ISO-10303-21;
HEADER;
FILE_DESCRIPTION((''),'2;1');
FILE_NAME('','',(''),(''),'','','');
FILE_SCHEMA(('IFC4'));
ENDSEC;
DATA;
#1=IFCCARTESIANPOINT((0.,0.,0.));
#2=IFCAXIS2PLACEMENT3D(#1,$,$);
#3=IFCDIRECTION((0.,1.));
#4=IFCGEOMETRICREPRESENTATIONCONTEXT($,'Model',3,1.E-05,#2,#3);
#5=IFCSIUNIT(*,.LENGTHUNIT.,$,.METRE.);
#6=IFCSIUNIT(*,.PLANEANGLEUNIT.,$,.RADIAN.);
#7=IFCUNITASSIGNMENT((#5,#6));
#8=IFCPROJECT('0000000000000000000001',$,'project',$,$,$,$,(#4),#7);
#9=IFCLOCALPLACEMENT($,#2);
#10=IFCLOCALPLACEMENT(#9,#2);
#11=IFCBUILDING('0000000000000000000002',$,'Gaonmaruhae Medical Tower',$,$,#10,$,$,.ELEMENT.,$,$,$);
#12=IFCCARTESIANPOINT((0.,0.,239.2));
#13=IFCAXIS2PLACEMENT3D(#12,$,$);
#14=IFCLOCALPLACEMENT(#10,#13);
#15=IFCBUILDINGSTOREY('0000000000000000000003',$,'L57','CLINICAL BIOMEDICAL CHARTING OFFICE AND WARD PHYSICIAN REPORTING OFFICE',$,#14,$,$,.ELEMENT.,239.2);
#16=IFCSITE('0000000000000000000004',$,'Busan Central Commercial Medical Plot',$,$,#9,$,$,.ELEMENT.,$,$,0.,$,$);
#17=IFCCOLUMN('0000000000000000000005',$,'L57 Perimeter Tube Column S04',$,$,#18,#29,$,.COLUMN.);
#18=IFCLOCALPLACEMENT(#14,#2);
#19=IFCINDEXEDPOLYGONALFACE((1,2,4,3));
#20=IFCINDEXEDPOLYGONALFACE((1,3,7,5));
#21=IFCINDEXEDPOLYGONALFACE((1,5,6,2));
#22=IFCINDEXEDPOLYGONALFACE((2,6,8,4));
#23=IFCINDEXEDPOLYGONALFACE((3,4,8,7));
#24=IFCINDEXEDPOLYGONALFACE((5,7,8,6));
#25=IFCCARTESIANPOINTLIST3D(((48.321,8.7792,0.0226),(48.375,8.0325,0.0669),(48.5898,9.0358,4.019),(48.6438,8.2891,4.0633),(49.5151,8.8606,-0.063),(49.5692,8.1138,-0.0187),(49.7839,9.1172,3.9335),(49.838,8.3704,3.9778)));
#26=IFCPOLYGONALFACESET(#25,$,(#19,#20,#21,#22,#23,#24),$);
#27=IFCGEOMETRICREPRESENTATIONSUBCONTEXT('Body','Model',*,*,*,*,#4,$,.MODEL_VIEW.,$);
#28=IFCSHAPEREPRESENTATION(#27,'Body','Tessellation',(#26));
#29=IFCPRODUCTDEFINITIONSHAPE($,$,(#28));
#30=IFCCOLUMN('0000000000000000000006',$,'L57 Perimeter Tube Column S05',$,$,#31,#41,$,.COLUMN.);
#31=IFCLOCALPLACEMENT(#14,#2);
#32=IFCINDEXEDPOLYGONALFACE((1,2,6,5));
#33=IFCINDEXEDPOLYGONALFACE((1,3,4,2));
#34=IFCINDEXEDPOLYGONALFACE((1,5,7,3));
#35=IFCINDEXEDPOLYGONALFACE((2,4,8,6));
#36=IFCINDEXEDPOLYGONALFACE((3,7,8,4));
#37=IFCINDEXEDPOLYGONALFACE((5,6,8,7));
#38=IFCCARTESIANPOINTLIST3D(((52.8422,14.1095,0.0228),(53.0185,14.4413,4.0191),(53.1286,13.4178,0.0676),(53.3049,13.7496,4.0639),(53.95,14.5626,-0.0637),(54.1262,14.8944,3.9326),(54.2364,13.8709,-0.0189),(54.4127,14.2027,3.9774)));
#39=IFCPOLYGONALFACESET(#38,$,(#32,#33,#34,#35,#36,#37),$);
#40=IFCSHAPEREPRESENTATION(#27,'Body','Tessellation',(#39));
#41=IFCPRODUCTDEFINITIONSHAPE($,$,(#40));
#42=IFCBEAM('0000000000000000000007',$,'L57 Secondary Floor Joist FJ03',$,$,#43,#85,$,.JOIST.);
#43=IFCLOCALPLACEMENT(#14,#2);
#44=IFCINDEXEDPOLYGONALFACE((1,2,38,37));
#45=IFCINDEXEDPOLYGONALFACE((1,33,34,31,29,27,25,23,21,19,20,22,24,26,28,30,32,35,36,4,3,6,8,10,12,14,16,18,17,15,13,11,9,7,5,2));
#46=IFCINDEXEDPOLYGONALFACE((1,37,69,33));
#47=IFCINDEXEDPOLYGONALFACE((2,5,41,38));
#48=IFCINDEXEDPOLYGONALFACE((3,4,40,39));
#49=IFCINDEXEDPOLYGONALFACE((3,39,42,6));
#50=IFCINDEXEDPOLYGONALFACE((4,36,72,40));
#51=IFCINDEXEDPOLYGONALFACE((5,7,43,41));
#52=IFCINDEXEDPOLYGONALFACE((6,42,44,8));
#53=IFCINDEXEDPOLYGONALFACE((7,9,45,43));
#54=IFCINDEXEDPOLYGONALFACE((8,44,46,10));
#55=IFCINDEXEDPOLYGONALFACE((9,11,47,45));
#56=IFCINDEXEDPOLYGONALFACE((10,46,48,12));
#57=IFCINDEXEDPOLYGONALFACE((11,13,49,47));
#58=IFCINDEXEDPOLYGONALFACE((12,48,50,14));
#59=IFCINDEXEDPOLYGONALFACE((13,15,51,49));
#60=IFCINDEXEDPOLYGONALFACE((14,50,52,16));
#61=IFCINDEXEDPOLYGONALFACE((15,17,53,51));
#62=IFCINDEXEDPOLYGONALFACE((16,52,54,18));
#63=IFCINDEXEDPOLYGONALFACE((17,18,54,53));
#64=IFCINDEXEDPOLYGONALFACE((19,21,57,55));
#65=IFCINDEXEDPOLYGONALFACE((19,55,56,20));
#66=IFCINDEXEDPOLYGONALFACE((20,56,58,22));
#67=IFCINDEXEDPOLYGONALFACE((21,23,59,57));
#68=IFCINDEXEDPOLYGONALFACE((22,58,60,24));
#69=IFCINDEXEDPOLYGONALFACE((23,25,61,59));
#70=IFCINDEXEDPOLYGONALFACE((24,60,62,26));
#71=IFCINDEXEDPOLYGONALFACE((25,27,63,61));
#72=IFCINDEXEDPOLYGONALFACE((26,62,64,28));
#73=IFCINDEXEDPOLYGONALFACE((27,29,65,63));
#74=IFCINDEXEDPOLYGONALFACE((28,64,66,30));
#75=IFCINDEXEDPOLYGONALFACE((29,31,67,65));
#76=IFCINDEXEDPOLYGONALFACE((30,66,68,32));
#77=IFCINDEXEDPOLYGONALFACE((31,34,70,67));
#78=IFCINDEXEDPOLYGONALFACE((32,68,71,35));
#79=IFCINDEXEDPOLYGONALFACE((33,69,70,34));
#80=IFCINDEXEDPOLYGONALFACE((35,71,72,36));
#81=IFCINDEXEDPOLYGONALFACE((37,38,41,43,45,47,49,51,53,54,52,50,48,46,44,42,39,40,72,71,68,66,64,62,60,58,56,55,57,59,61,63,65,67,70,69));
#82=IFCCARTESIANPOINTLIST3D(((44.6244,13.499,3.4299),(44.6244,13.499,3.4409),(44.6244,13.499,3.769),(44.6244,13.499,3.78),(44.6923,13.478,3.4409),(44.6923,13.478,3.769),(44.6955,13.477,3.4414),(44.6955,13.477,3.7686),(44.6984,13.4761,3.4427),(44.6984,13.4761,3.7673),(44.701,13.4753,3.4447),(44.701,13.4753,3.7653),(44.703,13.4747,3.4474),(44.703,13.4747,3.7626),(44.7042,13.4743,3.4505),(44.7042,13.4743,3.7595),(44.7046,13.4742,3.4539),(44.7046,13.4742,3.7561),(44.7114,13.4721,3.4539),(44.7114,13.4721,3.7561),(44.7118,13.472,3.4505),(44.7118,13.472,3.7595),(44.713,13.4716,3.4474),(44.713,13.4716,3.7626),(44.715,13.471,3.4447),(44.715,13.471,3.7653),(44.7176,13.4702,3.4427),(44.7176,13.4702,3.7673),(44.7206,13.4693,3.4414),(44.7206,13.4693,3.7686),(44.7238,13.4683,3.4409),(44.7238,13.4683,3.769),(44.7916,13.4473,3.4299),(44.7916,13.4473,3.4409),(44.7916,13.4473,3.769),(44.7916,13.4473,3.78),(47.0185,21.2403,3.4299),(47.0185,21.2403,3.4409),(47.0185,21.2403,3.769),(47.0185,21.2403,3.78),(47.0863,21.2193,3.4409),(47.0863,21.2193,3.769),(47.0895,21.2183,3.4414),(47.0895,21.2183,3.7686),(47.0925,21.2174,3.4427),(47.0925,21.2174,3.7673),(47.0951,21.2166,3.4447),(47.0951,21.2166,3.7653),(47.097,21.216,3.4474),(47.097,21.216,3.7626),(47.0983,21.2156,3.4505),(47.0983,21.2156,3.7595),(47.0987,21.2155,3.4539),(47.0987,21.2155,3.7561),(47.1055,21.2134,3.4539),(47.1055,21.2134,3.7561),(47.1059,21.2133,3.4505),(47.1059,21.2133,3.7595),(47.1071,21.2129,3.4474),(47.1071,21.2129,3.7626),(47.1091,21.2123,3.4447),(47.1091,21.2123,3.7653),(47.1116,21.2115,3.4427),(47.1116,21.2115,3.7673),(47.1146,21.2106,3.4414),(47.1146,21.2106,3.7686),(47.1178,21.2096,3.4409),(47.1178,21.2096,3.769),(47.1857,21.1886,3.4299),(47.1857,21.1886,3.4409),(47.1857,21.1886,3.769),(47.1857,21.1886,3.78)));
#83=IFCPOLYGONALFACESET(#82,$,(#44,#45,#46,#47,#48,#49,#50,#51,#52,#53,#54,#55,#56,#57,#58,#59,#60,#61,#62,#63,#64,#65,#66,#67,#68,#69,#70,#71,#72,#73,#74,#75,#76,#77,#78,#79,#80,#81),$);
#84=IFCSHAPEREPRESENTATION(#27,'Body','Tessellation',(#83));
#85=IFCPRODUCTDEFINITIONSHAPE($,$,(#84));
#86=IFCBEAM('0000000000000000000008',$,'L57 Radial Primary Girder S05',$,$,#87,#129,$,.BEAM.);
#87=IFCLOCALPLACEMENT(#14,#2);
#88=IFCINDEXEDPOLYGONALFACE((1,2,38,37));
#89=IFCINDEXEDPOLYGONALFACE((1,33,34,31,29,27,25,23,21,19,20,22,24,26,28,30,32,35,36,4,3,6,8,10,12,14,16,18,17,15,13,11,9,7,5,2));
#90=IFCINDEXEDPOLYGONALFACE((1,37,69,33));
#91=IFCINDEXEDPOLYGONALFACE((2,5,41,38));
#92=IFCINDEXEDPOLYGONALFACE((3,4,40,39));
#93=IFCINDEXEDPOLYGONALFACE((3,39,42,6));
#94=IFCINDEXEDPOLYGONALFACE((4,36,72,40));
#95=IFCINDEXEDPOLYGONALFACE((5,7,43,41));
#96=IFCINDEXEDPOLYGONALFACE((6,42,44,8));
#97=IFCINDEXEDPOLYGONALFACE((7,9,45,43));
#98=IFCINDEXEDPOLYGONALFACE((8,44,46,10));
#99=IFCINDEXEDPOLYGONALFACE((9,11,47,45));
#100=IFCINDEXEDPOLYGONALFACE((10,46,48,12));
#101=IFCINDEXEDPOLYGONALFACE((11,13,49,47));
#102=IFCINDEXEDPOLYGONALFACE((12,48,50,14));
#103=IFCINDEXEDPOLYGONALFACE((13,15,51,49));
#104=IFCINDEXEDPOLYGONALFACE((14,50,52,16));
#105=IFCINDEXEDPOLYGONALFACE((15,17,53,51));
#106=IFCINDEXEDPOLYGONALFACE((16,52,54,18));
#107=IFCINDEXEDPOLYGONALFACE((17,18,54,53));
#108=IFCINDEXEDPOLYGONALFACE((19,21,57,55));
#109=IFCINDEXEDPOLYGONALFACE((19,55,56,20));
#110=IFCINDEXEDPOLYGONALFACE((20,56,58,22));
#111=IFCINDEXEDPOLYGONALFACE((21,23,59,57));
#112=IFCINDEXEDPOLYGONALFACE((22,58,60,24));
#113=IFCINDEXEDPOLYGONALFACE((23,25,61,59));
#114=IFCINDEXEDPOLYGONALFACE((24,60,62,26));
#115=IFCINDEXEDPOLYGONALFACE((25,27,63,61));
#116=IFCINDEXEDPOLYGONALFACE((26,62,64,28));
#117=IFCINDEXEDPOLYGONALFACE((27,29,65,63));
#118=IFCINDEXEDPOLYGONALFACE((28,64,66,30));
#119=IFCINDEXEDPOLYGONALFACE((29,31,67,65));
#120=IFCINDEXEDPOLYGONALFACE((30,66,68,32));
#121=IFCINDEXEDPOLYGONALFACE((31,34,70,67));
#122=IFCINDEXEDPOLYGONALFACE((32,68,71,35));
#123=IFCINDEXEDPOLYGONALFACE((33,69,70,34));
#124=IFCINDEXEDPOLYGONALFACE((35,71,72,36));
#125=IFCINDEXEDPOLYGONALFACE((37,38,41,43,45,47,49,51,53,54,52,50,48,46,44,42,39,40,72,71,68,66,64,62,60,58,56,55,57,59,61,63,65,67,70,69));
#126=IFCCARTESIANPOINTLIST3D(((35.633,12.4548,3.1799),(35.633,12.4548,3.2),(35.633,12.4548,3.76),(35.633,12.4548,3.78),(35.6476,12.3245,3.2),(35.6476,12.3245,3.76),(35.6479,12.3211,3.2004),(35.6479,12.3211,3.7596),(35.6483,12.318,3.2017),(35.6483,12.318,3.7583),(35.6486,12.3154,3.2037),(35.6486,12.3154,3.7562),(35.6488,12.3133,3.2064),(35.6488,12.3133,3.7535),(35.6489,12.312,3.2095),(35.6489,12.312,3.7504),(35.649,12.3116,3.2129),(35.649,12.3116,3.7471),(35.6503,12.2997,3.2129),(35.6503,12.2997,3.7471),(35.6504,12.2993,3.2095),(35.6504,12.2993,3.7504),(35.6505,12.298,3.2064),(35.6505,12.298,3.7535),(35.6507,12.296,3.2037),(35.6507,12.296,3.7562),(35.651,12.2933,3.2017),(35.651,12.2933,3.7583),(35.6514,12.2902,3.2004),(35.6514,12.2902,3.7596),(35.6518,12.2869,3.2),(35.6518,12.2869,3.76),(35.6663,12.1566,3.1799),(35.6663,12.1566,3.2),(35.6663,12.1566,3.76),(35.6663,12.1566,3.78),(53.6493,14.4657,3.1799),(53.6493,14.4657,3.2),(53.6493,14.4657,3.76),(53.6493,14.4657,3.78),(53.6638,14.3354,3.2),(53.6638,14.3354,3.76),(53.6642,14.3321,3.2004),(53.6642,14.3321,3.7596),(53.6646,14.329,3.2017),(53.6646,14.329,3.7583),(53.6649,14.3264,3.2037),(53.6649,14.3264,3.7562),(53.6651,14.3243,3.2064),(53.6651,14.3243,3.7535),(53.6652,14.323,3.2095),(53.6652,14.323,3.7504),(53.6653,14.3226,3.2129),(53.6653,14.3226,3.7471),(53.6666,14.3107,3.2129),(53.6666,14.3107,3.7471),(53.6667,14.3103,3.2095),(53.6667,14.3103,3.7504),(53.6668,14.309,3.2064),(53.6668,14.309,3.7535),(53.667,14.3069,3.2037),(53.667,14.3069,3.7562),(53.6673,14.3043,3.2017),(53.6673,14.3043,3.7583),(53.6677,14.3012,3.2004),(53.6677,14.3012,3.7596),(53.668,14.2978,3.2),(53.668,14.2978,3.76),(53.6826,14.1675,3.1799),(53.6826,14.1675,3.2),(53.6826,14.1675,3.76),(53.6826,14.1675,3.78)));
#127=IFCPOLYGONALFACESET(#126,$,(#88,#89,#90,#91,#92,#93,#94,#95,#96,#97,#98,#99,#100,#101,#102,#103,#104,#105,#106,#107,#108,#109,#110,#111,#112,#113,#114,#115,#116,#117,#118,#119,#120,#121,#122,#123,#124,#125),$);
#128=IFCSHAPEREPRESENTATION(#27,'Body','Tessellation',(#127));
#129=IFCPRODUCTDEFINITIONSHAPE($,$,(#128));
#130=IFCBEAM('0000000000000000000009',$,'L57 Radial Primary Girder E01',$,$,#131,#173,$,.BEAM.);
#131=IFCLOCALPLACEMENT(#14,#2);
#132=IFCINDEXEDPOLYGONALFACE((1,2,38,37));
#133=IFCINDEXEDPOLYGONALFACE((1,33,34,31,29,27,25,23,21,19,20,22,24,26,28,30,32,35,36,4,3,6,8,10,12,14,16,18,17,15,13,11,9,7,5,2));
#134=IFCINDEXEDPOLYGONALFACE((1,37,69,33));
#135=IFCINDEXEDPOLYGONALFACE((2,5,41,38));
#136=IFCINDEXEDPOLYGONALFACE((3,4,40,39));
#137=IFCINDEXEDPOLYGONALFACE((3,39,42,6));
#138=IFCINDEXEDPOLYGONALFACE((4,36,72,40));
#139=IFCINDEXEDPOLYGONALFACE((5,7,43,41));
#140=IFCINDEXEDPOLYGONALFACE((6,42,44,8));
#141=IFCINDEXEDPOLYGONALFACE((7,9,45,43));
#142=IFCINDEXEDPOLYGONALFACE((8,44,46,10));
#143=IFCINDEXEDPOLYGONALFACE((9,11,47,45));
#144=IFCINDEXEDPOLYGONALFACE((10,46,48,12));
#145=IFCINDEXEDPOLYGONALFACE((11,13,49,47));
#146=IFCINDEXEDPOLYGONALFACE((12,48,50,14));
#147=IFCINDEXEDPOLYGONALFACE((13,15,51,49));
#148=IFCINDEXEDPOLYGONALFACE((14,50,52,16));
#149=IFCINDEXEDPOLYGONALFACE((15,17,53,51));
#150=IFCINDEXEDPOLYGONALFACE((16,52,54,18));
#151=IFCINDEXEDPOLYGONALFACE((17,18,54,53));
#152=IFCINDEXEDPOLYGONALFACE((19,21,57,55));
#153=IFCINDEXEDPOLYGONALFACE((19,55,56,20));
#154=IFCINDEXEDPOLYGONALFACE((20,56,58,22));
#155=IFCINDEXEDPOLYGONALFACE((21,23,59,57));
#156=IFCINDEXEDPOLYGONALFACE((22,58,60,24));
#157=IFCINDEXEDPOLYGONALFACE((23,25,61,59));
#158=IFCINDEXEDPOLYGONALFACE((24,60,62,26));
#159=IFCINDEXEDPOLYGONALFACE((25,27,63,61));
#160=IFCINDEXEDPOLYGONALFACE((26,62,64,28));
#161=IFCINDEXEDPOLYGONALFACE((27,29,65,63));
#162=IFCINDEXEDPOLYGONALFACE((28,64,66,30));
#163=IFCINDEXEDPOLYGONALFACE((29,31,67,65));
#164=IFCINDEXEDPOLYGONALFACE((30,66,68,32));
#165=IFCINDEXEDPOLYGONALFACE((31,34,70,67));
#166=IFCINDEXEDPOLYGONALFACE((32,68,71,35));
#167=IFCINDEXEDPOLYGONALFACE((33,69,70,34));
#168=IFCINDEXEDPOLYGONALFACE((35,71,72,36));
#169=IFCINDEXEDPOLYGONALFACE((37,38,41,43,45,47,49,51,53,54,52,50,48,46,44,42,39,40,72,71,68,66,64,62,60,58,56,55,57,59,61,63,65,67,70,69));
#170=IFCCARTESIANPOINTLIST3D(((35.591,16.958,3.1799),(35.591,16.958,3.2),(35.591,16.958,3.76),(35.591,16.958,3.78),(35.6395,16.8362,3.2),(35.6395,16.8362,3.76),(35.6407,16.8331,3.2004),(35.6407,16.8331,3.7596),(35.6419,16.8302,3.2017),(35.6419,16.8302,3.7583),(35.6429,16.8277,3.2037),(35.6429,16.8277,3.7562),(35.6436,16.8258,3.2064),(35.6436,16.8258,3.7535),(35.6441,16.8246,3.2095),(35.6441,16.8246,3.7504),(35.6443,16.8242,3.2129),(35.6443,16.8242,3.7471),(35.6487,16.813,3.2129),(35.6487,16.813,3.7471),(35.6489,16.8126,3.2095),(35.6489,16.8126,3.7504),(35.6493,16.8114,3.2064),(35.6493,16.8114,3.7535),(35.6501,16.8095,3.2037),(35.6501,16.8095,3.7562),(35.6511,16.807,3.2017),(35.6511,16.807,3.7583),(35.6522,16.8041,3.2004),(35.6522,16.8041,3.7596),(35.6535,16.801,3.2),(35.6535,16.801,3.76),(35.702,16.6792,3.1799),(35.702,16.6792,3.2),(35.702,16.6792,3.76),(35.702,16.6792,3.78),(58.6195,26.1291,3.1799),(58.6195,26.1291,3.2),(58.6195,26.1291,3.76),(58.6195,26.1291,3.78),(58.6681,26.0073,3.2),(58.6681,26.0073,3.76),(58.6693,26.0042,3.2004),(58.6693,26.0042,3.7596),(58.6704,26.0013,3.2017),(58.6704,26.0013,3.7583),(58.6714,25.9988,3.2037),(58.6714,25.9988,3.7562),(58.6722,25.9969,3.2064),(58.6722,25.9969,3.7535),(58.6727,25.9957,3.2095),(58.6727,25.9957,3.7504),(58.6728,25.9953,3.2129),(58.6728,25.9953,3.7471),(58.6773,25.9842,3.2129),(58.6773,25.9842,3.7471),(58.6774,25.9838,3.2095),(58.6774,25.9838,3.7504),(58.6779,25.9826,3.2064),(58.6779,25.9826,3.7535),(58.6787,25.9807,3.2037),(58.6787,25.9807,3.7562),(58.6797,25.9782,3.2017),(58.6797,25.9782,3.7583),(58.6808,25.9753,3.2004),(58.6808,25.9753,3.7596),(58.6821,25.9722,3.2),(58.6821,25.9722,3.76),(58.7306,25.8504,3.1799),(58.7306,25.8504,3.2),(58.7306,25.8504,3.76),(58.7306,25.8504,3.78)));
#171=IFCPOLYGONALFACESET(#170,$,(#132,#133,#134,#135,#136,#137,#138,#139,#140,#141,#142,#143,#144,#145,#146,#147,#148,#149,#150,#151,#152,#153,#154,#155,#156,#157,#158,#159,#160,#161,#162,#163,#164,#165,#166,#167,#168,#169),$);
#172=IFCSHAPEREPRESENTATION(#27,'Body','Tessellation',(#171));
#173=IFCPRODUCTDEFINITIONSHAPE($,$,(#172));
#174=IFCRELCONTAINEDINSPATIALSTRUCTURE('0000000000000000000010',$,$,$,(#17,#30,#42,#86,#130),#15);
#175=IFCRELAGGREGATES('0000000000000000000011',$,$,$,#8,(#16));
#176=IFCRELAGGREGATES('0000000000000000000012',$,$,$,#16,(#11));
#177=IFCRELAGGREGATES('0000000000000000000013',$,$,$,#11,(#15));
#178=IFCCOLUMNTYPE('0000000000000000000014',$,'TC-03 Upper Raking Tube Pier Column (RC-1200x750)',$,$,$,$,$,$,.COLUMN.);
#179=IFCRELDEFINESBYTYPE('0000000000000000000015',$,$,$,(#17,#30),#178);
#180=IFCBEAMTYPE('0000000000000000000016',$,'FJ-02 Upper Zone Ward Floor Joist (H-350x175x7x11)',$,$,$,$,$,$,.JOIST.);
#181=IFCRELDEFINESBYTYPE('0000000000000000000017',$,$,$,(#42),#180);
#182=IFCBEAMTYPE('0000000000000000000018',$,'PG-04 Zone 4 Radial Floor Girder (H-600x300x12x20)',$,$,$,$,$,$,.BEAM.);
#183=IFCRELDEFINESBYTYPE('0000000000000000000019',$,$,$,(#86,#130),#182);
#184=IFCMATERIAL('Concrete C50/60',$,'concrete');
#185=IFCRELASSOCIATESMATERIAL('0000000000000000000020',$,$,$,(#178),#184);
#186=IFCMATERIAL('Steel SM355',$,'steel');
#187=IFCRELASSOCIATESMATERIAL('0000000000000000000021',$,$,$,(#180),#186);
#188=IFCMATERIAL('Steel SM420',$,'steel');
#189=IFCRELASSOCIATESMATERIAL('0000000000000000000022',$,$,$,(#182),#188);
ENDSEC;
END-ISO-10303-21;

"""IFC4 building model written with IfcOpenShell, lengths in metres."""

from ifc_helpers import new_model, si_unit, direction, frame, origin, origin_2d, place, context, subcontext, project, spatial, rectangle, i_section, extrude, material, material_profile, profile_set, type_object, element, save


model = new_model("IFC4")

# Units and contexts
model_context = context("Model", 3, precision=1e-05, world=origin(), true_north=direction((0.0, 1.0)))
body_context = subcontext(model_context, "Body", "Model", "MODEL_VIEW")
ifc_project = project(units=[si_unit("LENGTHUNIT", "METRE"), si_unit("PLANEANGLEUNIT", "RADIAN")], contexts=[model_context])

# Site, building, storey
site_placement = place(None, origin())
site = spatial("IfcSite", under=ifc_project, at=site_placement, Name="Busan Central Commercial Medical Plot", CompositionType="ELEMENT", RefElevation=0.0)
building_placement = place(site_placement, origin())
building = spatial("IfcBuilding", under=site, at=building_placement, Name="Gaonmaruhae Medical Tower", CompositionType="ELEMENT")
storey_placement = place(building_placement, frame((0.0, 0.0, 239.2)))
storey = spatial("IfcBuildingStorey", under=building, at=storey_placement, Name="L57", Description="CLINICAL BIOMEDICAL CHARTING OFFICE AND WARD PHYSICIAN REPORTING OFFICE", CompositionType="ELEMENT", Elevation=239.2)

# Columns
ifc_material_1 = material(Name="Concrete C50/60", Category="concrete")
ifc_material_profile_1 = material_profile(ifc_material_1, rectangle(XDim=1.2, YDim=0.75, at=origin_2d()), Name="RC-1200x750")
ifc_profile_set_1 = profile_set([ifc_material_profile_1], Name="Concrete C50/60")
column_type = type_object("IfcColumnType", Name="TC-03 Upper Raking Tube Pier Column (RC-1200x750)", PredefinedType="COLUMN", material=ifc_profile_set_1)
column_1_placement = place(storey_placement, frame((48.9451, 8.4465, 0.002), z_axis=(0.066972, 0.063931, 0.995705), x_axis=(-0.995149, -0.067804, 0.071288)))
element("IfcColumn", 1, at=column_1_placement, inside=storey, type_object=column_type, Name="L57 Perimeter Tube Column S04", PredefinedType="COLUMN", context=body_context, shape_type="SweptSolid", body=[
    extrude(rectangle(XDim=1.2, YDim=0.75, at=origin_2d()), origin(), (0.0, 0.0, 1.0), 4.0137),
])
column_2_placement = place(storey_placement, frame((53.5393, 13.9902, 0.002), z_axis=(0.043914, 0.082658, 0.99561), x_axis=(-0.923163, -0.377593, 0.072067)))
element("IfcColumn", 2, at=column_2_placement, inside=storey, type_object=column_type, Name="L57 Perimeter Tube Column S05", PredefinedType="COLUMN", context=body_context, shape_type="SweptSolid", body=[
    extrude(rectangle(XDim=1.2, YDim=0.75, at=origin_2d()), origin(), (0.0, 0.0, 1.0), 4.0139),
])

# Beams
ifc_material_2 = material(Name="Steel SM355", Category="steel")
ifc_material_profile_2 = material_profile(ifc_material_2, i_section(OverallWidth=0.175, OverallDepth=0.3501, WebThickness=0.0071, FlangeThickness=0.011, FilletRadius=0.0129, at=origin_2d()), Name="H-350x175x7x11")
ifc_profile_set_2 = profile_set([ifc_material_profile_2], Name="Steel SM355")
beam_type_1 = type_object("IfcBeamType", Name="FJ-02 Upper Zone Ward Floor Joist (H-350x175x7x11)", PredefinedType="JOIST", material=ifc_profile_set_2)
beam_1_placement = place(storey_placement, frame((44.708, 13.4731, 3.605), z_axis=(0.295453, 0.955357, 0.0), x_axis=(-0.955357, 0.295453, 0.0)))
element("IfcBeam", 3, at=beam_1_placement, inside=storey, type_object=beam_type_1, Name="L57 Secondary Floor Joist FJ03", PredefinedType="JOIST", context=body_context, shape_type="SweptSolid", body=[
    extrude(i_section(OverallWidth=0.175, OverallDepth=0.3501, WebThickness=0.0071, FlangeThickness=0.011, FilletRadius=0.0129, at=origin_2d()), origin(), (0.0, 0.0, 1.0), 8.103),
])
ifc_material_3 = material(Name="Steel SM420", Category="steel")
ifc_material_profile_3 = material_profile(ifc_material_3, i_section(OverallWidth=0.3, OverallDepth=0.6001, WebThickness=0.012, FlangeThickness=0.02, FilletRadius=0.0129, at=origin_2d()), Name="H-600x300x12x20")
ifc_profile_set_3 = profile_set([ifc_material_profile_3], Name="Steel SM420")
beam_type_2 = type_object("IfcBeamType", Name="PG-04 Zone 4 Radial Floor Girder (H-600x300x12x20)", PredefinedType="BEAM", material=ifc_profile_set_3)
beam_2_placement = place(storey_placement, frame((35.6497, 12.3057, 3.48), z_axis=(0.993828, 0.110931, 0.0), x_axis=(-0.110931, 0.993828, 0.0)))
element("IfcBeam", 4, at=beam_2_placement, inside=storey, type_object=beam_type_2, Name="L57 Radial Primary Girder S05", PredefinedType="BEAM", context=body_context, shape_type="SweptSolid", body=[
    extrude(i_section(OverallWidth=0.3, OverallDepth=0.6001, WebThickness=0.012, FlangeThickness=0.02, FilletRadius=0.0129, at=origin_2d()), origin(), (0.0, 0.0, 1.0), 18.1282),
])
beam_3_placement = place(storey_placement, frame((35.6465, 16.8186, 3.48), z_axis=(0.929036, 0.369989, 0.0), x_axis=(-0.369989, 0.929036, 0.0)))
element("IfcBeam", 5, at=beam_3_placement, inside=storey, type_object=beam_type_2, Name="L57 Radial Primary Girder E01", PredefinedType="BEAM", context=body_context, shape_type="SweptSolid", body=[
    extrude(i_section(OverallWidth=0.3, OverallDepth=0.6001, WebThickness=0.012, FlangeThickness=0.02, FilletRadius=0.0129, at=origin_2d()), origin(), (0.0, 0.0, 1.0), 24.7876),
])

save(model, "model.ifc")
